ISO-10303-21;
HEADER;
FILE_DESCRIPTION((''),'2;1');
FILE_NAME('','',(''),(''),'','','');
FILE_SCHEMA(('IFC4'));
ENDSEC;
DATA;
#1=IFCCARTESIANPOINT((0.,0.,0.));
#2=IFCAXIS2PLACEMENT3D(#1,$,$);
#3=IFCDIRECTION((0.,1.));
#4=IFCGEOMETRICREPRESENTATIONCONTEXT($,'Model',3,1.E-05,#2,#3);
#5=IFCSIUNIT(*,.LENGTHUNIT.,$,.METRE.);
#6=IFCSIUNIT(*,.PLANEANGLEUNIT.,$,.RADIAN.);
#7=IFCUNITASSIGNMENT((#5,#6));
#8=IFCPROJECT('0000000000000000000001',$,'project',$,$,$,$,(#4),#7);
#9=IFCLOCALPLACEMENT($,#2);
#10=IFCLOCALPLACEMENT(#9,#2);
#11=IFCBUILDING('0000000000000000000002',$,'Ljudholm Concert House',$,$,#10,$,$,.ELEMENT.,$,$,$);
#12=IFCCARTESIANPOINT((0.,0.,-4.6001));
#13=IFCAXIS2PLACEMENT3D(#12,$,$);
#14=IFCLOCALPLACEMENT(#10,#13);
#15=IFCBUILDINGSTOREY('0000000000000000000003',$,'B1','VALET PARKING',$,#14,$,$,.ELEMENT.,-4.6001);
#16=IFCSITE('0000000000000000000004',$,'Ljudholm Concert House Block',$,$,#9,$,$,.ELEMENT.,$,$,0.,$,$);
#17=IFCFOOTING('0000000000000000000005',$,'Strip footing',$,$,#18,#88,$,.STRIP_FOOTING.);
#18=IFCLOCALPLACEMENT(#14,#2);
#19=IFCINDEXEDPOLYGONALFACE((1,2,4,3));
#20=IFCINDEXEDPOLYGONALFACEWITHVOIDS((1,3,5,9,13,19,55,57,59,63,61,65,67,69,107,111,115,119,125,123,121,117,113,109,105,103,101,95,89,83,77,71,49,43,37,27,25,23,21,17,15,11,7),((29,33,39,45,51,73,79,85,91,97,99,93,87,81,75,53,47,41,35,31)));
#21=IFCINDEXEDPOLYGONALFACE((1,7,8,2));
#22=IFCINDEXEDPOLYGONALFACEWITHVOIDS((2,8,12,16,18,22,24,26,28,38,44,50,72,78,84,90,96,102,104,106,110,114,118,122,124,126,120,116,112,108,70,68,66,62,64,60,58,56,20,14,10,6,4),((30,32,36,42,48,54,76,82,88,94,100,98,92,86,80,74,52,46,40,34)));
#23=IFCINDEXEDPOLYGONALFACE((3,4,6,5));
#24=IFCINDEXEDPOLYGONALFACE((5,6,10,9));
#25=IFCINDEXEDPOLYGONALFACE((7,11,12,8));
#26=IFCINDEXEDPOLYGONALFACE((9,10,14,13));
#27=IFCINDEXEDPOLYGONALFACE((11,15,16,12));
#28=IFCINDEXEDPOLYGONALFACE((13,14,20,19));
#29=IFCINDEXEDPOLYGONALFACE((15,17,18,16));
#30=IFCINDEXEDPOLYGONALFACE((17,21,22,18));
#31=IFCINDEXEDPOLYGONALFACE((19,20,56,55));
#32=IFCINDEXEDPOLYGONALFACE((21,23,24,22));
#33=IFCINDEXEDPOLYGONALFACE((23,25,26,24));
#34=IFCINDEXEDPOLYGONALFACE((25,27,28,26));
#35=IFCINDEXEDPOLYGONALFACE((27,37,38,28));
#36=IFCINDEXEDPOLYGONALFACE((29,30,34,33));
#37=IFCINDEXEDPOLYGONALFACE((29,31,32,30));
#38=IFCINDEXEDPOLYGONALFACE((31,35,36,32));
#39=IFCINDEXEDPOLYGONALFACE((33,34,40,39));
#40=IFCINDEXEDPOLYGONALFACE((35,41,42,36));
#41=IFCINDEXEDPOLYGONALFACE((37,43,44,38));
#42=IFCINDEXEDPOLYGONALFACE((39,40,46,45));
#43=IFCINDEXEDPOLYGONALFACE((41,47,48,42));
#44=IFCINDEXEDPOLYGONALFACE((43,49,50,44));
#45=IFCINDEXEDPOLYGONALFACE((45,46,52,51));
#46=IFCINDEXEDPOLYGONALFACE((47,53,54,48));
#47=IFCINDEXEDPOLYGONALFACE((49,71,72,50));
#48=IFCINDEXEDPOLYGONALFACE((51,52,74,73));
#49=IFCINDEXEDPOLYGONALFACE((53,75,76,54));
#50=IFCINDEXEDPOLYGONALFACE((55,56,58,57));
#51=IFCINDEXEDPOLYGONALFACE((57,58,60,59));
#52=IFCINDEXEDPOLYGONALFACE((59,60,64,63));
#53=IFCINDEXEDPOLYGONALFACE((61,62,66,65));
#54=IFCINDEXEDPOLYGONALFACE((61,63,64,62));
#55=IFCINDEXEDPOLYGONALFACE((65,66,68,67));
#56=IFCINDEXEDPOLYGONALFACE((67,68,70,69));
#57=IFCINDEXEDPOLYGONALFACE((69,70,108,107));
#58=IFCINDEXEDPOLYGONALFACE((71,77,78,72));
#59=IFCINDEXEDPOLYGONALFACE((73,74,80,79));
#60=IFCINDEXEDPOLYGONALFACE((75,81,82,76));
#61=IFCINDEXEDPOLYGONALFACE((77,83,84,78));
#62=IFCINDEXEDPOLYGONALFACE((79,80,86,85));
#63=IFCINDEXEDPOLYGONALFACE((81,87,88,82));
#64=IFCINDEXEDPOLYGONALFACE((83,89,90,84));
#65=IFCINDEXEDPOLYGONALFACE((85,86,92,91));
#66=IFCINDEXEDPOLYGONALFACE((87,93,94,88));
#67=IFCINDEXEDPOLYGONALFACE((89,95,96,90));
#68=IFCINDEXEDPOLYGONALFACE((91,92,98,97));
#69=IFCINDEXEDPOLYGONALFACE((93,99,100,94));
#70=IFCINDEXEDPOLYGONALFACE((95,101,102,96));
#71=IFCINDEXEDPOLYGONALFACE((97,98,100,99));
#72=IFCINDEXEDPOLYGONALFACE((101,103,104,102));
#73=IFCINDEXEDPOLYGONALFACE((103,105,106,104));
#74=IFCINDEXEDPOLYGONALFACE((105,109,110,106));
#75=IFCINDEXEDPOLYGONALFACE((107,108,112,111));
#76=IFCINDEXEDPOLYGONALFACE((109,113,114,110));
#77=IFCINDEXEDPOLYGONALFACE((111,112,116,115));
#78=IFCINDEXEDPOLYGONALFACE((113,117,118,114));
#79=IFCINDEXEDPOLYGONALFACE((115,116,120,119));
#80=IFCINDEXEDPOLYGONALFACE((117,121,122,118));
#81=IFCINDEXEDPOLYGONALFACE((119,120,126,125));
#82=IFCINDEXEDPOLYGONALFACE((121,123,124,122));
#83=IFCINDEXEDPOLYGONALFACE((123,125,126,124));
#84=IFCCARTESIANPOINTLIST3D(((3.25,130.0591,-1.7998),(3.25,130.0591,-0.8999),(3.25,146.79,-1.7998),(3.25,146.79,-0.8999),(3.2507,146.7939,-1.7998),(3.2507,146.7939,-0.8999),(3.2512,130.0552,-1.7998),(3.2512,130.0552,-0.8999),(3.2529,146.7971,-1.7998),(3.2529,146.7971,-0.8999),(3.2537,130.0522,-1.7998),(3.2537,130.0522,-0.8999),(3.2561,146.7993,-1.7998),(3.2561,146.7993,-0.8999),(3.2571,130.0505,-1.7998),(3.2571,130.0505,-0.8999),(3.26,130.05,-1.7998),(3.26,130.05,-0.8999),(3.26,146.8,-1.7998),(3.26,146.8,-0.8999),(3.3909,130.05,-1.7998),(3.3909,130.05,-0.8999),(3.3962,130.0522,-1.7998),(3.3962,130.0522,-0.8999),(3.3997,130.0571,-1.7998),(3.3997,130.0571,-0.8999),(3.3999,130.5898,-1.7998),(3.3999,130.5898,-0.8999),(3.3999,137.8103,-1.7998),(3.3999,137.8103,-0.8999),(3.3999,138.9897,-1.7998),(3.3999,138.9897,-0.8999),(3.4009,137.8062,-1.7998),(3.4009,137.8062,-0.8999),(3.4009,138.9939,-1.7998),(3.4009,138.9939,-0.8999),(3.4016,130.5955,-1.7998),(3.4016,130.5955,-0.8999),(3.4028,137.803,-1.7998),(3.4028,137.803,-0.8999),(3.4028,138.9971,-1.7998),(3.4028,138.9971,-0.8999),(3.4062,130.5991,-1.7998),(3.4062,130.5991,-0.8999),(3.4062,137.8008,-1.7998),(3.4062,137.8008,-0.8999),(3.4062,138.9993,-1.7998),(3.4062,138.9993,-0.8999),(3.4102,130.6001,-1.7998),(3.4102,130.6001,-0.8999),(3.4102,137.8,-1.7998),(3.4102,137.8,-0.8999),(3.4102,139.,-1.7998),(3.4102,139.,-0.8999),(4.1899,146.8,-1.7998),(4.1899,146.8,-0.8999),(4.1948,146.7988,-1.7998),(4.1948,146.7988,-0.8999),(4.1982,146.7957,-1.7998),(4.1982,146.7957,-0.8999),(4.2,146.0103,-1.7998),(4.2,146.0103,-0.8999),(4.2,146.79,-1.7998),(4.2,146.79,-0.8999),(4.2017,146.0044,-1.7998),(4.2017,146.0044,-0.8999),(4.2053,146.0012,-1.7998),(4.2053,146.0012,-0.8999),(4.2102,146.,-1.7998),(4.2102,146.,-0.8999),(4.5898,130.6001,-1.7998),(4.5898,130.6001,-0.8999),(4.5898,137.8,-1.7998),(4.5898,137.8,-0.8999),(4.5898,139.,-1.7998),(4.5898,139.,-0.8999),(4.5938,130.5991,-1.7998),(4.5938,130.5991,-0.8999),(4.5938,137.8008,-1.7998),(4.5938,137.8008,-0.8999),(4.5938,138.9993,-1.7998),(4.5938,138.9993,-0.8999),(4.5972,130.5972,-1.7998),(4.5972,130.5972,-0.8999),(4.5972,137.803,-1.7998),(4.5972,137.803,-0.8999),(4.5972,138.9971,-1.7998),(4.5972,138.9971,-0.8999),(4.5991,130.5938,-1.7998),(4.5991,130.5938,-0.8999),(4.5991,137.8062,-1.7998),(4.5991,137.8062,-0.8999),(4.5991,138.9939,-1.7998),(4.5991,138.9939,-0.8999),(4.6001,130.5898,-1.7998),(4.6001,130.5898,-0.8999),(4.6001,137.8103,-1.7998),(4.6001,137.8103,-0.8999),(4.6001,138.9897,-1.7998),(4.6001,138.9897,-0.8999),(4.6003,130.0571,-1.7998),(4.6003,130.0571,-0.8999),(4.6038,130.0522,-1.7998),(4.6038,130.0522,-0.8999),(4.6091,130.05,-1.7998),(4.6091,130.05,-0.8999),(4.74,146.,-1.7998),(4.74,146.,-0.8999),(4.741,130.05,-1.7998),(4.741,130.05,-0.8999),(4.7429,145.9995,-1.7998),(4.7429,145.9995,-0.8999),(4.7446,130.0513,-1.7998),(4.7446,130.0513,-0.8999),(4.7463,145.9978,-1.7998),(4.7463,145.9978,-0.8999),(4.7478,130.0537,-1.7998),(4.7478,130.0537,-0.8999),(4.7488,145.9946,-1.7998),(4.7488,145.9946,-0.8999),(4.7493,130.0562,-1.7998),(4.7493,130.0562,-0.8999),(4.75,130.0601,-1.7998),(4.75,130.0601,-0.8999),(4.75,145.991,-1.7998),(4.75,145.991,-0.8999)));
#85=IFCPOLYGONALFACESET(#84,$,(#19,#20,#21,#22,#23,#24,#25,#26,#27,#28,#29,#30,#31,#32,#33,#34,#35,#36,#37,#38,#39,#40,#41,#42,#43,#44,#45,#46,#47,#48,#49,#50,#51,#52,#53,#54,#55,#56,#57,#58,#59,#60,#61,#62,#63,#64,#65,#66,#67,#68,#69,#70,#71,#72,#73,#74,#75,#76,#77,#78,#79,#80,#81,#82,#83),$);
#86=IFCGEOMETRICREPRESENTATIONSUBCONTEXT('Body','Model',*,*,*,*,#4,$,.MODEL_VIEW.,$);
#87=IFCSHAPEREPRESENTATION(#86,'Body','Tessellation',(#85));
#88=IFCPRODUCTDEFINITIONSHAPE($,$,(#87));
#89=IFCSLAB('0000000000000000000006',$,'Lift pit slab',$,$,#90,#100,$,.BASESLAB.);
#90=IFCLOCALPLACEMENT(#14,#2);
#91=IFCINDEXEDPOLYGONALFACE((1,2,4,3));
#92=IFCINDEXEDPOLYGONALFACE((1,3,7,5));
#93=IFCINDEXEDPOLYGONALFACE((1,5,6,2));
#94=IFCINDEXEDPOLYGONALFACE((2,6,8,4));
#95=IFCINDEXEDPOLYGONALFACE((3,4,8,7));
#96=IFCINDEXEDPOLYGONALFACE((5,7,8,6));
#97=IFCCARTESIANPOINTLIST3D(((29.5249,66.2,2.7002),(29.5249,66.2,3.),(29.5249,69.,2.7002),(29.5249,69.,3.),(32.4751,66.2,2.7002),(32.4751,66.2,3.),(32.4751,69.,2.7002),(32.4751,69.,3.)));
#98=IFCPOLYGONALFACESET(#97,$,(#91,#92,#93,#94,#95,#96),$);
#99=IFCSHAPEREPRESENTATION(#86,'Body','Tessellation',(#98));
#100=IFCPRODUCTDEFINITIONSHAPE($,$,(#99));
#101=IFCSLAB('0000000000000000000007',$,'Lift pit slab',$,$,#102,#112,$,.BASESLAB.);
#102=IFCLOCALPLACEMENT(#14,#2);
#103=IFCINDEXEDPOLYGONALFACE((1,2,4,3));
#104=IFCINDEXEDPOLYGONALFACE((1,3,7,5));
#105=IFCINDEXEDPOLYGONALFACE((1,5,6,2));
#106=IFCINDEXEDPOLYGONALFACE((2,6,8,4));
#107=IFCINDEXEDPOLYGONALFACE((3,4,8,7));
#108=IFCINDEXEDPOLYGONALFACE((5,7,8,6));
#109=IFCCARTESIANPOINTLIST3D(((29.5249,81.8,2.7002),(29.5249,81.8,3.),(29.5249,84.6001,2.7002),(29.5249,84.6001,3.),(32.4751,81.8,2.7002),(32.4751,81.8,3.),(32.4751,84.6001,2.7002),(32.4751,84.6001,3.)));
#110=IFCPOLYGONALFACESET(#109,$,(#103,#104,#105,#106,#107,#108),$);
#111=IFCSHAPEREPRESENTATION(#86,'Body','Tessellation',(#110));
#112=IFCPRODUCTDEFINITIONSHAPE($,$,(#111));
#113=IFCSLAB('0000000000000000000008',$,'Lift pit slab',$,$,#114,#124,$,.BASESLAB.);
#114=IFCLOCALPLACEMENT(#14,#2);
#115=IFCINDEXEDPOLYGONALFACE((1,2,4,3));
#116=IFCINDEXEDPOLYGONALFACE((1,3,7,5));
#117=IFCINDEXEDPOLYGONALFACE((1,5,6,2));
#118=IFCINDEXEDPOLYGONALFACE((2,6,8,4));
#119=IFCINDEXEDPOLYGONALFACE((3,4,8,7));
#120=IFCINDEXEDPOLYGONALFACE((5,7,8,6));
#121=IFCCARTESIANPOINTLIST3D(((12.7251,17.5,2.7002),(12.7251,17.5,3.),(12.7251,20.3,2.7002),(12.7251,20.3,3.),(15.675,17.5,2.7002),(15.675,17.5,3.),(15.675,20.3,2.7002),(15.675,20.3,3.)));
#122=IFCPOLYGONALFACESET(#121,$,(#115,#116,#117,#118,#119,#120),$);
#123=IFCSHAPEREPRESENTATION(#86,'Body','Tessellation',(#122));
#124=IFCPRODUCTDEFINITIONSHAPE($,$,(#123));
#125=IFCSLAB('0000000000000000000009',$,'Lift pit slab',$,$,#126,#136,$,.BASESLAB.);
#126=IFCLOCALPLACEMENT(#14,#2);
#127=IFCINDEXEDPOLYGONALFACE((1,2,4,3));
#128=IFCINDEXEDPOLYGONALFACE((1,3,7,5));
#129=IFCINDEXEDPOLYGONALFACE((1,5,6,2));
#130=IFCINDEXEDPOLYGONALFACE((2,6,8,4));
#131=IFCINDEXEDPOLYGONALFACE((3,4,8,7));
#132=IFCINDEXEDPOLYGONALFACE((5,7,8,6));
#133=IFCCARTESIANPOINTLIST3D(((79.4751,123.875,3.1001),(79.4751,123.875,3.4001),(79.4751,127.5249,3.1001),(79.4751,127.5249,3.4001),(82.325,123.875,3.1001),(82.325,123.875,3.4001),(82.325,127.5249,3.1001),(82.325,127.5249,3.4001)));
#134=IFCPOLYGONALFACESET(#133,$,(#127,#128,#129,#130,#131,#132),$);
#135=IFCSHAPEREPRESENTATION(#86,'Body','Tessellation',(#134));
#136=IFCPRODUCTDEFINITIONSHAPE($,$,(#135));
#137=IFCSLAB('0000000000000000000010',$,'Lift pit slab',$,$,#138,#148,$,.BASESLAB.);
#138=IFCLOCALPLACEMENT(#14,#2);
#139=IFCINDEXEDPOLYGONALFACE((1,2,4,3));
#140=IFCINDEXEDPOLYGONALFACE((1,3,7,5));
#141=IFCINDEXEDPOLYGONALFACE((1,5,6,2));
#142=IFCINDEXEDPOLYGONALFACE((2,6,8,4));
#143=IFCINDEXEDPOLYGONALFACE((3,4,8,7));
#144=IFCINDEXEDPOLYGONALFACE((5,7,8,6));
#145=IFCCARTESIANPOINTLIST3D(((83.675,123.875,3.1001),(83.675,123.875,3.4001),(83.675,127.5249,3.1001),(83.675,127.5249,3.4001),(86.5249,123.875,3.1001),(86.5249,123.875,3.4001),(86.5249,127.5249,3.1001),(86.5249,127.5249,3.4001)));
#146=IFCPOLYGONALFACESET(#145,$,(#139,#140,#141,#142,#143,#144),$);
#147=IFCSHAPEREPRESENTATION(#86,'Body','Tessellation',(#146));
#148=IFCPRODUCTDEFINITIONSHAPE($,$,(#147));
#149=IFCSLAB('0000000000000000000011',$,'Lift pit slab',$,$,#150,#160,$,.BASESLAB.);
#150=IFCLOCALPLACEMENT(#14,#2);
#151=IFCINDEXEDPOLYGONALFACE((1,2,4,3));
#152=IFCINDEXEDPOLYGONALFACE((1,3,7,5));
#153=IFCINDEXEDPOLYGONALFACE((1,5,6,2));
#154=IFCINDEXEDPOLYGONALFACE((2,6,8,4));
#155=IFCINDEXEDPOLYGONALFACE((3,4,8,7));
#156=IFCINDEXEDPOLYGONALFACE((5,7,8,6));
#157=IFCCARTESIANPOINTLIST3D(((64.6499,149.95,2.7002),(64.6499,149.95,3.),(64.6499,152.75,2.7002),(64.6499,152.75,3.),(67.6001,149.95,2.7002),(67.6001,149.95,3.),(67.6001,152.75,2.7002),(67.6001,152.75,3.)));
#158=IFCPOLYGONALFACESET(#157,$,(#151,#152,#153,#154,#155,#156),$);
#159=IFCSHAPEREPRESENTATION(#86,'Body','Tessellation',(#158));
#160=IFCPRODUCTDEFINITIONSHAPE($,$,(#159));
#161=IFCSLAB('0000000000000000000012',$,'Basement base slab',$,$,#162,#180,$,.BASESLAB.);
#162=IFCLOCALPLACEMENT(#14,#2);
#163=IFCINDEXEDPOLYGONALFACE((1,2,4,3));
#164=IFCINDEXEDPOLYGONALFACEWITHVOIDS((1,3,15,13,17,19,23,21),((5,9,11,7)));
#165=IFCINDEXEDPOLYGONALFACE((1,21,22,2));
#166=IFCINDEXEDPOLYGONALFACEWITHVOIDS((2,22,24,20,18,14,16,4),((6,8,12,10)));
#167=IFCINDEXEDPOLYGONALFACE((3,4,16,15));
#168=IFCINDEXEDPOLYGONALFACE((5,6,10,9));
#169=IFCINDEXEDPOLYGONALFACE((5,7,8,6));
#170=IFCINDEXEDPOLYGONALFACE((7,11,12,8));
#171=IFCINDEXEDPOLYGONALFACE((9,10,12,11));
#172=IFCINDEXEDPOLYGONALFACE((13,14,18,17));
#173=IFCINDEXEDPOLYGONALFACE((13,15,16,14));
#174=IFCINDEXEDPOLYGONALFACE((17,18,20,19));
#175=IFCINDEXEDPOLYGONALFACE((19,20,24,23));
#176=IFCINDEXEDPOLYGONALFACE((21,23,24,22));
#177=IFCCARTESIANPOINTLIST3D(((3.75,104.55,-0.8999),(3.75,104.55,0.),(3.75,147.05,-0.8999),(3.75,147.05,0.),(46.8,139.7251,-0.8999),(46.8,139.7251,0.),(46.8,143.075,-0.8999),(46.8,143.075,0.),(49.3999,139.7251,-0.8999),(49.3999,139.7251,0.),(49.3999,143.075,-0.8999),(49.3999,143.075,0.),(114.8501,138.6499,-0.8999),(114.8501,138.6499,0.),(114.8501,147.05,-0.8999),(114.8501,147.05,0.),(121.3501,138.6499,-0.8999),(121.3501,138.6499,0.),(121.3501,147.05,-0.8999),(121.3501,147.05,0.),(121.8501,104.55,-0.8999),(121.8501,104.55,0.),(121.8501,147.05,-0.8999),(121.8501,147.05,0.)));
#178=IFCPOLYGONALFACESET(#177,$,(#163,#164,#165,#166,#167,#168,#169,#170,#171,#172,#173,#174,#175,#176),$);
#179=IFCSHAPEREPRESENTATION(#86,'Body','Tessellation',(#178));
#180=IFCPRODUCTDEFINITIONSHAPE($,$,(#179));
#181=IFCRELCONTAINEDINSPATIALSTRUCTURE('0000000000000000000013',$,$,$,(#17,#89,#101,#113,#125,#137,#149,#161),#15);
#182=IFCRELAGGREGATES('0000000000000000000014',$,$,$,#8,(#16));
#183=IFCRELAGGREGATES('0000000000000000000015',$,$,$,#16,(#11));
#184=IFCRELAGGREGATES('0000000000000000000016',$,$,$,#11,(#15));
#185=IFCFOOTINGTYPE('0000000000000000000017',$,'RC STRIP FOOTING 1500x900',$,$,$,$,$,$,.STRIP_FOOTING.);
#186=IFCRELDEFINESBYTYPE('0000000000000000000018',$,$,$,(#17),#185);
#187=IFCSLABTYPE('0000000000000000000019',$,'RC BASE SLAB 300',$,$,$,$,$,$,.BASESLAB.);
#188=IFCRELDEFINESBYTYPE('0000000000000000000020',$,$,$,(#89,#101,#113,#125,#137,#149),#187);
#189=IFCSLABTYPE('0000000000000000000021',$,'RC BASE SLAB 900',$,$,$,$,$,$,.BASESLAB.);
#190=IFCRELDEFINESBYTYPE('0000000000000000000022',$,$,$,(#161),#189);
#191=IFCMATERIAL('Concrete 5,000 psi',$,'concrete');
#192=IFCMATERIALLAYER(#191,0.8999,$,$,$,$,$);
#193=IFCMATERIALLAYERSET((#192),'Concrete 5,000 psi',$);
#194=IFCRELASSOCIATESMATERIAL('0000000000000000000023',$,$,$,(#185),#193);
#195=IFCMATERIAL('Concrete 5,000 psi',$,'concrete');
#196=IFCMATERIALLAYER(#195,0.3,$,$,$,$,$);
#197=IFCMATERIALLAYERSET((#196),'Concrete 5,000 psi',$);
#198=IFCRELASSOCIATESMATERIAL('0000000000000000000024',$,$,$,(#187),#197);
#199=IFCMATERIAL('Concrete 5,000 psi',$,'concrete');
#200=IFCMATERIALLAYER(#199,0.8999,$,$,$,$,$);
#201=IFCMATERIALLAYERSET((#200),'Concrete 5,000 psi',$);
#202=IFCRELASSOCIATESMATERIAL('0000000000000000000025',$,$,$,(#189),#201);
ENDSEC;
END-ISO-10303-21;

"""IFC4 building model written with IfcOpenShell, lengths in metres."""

from ifc_helpers import new_model, si_unit, direction, frame, origin, place, context, subcontext, project, spatial, polyline, outline, extrude, material, layer, layer_set, type_object, element, save


model = new_model("IFC4")

# Units and contexts
model_context = context("Model", 3, precision=1e-05, world=origin(), true_north=direction((0.0, 1.0)))
body_context = subcontext(model_context, "Body", "Model", "MODEL_VIEW")
ifc_project = project(units=[si_unit("LENGTHUNIT", "METRE"), si_unit("PLANEANGLEUNIT", "RADIAN")], contexts=[model_context])

# Site, building, storey
site_placement = place(None, origin())
site = spatial("IfcSite", under=ifc_project, at=site_placement, Name="Ljudholm Concert House Block", CompositionType="ELEMENT", RefElevation=0.0)
building_placement = place(site_placement, origin())
building = spatial("IfcBuilding", under=site, at=building_placement, Name="Ljudholm Concert House", CompositionType="ELEMENT")
storey_placement = place(building_placement, frame((0.0, 0.0, -4.6001)))
storey = spatial("IfcBuildingStorey", under=building, at=storey_placement, Name="B1", Description="VALET PARKING", CompositionType="ELEMENT", Elevation=-4.6001)

# Footing
ifc_material_1 = material(Name="Concrete 5,000 psi", Category="concrete")
ifc_layer_1 = layer(ifc_material_1, 0.8999)
ifc_layer_set_1 = layer_set([ifc_layer_1], Name="Concrete 5,000 psi")
footing_type_1 = type_object("IfcFootingType", Name="RC STRIP FOOTING 1500x900", PredefinedType="STRIP_FOOTING", material=ifc_layer_set_1)
footing_1_placement = place(storey_placement, frame((0.0, 0.0, -1.7998)))
element("IfcFooting", 1, at=footing_1_placement, inside=storey, type_object=footing_type_1, Name="Strip footing", PredefinedType="STRIP_FOOTING", context=body_context, shape_type="SweptSolid", body=[
    extrude(outline(polyline([(3.25, 146.79), (3.25, 130.0591), (3.2512, 130.0552), (3.2537, 130.0522), (3.2571, 130.0505), (3.26, 130.05), (3.3909, 130.05), (3.3962, 130.0522), (3.3997, 130.0571), (3.3999, 130.5898), (3.4016, 130.5955), (3.4062, 130.5991), (3.4102, 130.6001), (4.5898, 130.6001), (4.5938, 130.5991), (4.5972, 130.5972), (4.5991, 130.5938), (4.6001, 130.5898), (4.6003, 130.0571), (4.6038, 130.0522), (4.6091, 130.05), (4.741, 130.05), (4.7446, 130.0513), (4.7478, 130.0537), (4.7493, 130.0562), (4.75, 130.0601), (4.75, 145.991), (4.7488, 145.9946), (4.7463, 145.9978), (4.7429, 145.9995), (4.74, 146.0), (4.2102, 146.0), (4.2053, 146.0012), (4.2017, 146.0044), (4.2, 146.0103), (4.2, 146.79), (4.1982, 146.7957), (4.1948, 146.7988), (4.1899, 146.8), (3.26, 146.8), (3.2561, 146.7993), (3.2529, 146.7971), (3.2507, 146.7939), (3.25, 146.79)]), holes=[polyline([(3.4102, 139.0), (4.5898, 139.0), (4.5938, 138.9993), (4.5972, 138.9971), (4.5991, 138.9939), (4.6001, 138.9897), (4.6001, 137.8103), (4.5991, 137.8062), (4.5972, 137.803), (4.5938, 137.8008), (4.5898, 137.8), (3.4102, 137.8), (3.4062, 137.8008), (3.4028, 137.803), (3.4009, 137.8062), (3.3999, 137.8103), (3.3999, 138.9897), (3.4009, 138.9939), (3.4028, 138.9971), (3.4062, 138.9993), (3.4102, 139.0)])]), origin(), (0.0, 0.0, 1.0), 0.8999),
])

# Slabs
ifc_material_2 = material(Name="Concrete 5,000 psi", Category="concrete")
ifc_layer_2 = layer(ifc_material_2, 0.3)
ifc_layer_set_2 = layer_set([ifc_layer_2], Name="Concrete 5,000 psi")
slab_type_1 = type_object("IfcSlabType", Name="RC BASE SLAB 300", PredefinedType="BASESLAB", material=ifc_layer_set_2)
slab_1_placement = place(storey_placement, frame((0.0, 0.0, 2.7002)))
element("IfcSlab", 2, at=slab_1_placement, inside=storey, type_object=slab_type_1, Name="Lift pit slab", PredefinedType="BASESLAB", context=body_context, shape_type="SweptSolid", body=[
    extrude(outline(polyline([(29.5249, 66.2), (32.4751, 66.2), (32.4751, 69.0), (29.5249, 69.0), (29.5249, 66.2)])), origin(), (0.0, 0.0, 1.0), 0.2998),
])
slab_2_placement = place(storey_placement, frame((0.0, 0.0, 2.7002)))
element("IfcSlab", 3, at=slab_2_placement, inside=storey, type_object=slab_type_1, Name="Lift pit slab", PredefinedType="BASESLAB", context=body_context, shape_type="SweptSolid", body=[
    extrude(outline(polyline([(29.5249, 81.8), (32.4751, 81.8), (32.4751, 84.6001), (29.5249, 84.6001), (29.5249, 81.8)])), origin(), (0.0, 0.0, 1.0), 0.2998),
])
slab_3_placement = place(storey_placement, frame((0.0, 0.0, 2.7002)))
element("IfcSlab", 4, at=slab_3_placement, inside=storey, type_object=slab_type_1, Name="Lift pit slab", PredefinedType="BASESLAB", context=body_context, shape_type="SweptSolid", body=[
    extrude(outline(polyline([(12.7251, 17.5), (15.675, 17.5), (15.675, 20.3), (12.7251, 20.3), (12.7251, 17.5)])), origin(), (0.0, 0.0, 1.0), 0.2998),
])
slab_4_placement = place(storey_placement, frame((0.0, 0.0, 3.1001)))
element("IfcSlab", 5, at=slab_4_placement, inside=storey, type_object=slab_type_1, Name="Lift pit slab", PredefinedType="BASESLAB", context=body_context, shape_type="SweptSolid", body=[
    extrude(outline(polyline([(79.4751, 123.875), (82.325, 123.875), (82.325, 127.5249), (79.4751, 127.5249), (79.4751, 123.875)])), origin(), (0.0, 0.0, 1.0), 0.3),
])
slab_5_placement = place(storey_placement, frame((0.0, 0.0, 3.1001)))
element("IfcSlab", 6, at=slab_5_placement, inside=storey, type_object=slab_type_1, Name="Lift pit slab", PredefinedType="BASESLAB", context=body_context, shape_type="SweptSolid", body=[
    extrude(outline(polyline([(83.675, 123.875), (86.5249, 123.875), (86.5249, 127.5249), (83.675, 127.5249), (83.675, 123.875)])), origin(), (0.0, 0.0, 1.0), 0.3),
])
slab_6_placement = place(storey_placement, frame((0.0, 0.0, 2.7002)))
element("IfcSlab", 7, at=slab_6_placement, inside=storey, type_object=slab_type_1, Name="Lift pit slab", PredefinedType="BASESLAB", context=body_context, shape_type="SweptSolid", body=[
    extrude(outline(polyline([(64.6499, 149.95), (67.6001, 149.95), (67.6001, 152.75), (64.6499, 152.75), (64.6499, 149.95)])), origin(), (0.0, 0.0, 1.0), 0.2998),
])
ifc_material_3 = material(Name="Concrete 5,000 psi", Category="concrete")
ifc_layer_3 = layer(ifc_material_3, 0.8999)
ifc_layer_set_3 = layer_set([ifc_layer_3], Name="Concrete 5,000 psi")
slab_type_2 = type_object("IfcSlabType", Name="RC BASE SLAB 900", PredefinedType="BASESLAB", material=ifc_layer_set_3)
slab_7_placement = place(storey_placement, frame((0.0, 0.0, -0.8999)))
element("IfcSlab", 8, at=slab_7_placement, inside=storey, type_object=slab_type_2, Name="Basement base slab", PredefinedType="BASESLAB", context=body_context, shape_type="SweptSolid", body=[
    extrude(outline(polyline([(121.8501, 147.05), (121.8501, 104.55), (3.75, 104.55), (3.75, 147.05), (114.8501, 147.05), (114.8501, 138.6499), (121.3501, 138.6499), (121.3501, 147.05), (121.8501, 147.05)]), holes=[polyline([(49.3999, 139.7251), (49.3999, 143.075), (46.8, 143.075), (46.8, 139.7251), (49.3999, 139.7251)])]), origin(), (0.0, 0.0, 1.0), 0.8999),
])

save(model, "model.ifc")
